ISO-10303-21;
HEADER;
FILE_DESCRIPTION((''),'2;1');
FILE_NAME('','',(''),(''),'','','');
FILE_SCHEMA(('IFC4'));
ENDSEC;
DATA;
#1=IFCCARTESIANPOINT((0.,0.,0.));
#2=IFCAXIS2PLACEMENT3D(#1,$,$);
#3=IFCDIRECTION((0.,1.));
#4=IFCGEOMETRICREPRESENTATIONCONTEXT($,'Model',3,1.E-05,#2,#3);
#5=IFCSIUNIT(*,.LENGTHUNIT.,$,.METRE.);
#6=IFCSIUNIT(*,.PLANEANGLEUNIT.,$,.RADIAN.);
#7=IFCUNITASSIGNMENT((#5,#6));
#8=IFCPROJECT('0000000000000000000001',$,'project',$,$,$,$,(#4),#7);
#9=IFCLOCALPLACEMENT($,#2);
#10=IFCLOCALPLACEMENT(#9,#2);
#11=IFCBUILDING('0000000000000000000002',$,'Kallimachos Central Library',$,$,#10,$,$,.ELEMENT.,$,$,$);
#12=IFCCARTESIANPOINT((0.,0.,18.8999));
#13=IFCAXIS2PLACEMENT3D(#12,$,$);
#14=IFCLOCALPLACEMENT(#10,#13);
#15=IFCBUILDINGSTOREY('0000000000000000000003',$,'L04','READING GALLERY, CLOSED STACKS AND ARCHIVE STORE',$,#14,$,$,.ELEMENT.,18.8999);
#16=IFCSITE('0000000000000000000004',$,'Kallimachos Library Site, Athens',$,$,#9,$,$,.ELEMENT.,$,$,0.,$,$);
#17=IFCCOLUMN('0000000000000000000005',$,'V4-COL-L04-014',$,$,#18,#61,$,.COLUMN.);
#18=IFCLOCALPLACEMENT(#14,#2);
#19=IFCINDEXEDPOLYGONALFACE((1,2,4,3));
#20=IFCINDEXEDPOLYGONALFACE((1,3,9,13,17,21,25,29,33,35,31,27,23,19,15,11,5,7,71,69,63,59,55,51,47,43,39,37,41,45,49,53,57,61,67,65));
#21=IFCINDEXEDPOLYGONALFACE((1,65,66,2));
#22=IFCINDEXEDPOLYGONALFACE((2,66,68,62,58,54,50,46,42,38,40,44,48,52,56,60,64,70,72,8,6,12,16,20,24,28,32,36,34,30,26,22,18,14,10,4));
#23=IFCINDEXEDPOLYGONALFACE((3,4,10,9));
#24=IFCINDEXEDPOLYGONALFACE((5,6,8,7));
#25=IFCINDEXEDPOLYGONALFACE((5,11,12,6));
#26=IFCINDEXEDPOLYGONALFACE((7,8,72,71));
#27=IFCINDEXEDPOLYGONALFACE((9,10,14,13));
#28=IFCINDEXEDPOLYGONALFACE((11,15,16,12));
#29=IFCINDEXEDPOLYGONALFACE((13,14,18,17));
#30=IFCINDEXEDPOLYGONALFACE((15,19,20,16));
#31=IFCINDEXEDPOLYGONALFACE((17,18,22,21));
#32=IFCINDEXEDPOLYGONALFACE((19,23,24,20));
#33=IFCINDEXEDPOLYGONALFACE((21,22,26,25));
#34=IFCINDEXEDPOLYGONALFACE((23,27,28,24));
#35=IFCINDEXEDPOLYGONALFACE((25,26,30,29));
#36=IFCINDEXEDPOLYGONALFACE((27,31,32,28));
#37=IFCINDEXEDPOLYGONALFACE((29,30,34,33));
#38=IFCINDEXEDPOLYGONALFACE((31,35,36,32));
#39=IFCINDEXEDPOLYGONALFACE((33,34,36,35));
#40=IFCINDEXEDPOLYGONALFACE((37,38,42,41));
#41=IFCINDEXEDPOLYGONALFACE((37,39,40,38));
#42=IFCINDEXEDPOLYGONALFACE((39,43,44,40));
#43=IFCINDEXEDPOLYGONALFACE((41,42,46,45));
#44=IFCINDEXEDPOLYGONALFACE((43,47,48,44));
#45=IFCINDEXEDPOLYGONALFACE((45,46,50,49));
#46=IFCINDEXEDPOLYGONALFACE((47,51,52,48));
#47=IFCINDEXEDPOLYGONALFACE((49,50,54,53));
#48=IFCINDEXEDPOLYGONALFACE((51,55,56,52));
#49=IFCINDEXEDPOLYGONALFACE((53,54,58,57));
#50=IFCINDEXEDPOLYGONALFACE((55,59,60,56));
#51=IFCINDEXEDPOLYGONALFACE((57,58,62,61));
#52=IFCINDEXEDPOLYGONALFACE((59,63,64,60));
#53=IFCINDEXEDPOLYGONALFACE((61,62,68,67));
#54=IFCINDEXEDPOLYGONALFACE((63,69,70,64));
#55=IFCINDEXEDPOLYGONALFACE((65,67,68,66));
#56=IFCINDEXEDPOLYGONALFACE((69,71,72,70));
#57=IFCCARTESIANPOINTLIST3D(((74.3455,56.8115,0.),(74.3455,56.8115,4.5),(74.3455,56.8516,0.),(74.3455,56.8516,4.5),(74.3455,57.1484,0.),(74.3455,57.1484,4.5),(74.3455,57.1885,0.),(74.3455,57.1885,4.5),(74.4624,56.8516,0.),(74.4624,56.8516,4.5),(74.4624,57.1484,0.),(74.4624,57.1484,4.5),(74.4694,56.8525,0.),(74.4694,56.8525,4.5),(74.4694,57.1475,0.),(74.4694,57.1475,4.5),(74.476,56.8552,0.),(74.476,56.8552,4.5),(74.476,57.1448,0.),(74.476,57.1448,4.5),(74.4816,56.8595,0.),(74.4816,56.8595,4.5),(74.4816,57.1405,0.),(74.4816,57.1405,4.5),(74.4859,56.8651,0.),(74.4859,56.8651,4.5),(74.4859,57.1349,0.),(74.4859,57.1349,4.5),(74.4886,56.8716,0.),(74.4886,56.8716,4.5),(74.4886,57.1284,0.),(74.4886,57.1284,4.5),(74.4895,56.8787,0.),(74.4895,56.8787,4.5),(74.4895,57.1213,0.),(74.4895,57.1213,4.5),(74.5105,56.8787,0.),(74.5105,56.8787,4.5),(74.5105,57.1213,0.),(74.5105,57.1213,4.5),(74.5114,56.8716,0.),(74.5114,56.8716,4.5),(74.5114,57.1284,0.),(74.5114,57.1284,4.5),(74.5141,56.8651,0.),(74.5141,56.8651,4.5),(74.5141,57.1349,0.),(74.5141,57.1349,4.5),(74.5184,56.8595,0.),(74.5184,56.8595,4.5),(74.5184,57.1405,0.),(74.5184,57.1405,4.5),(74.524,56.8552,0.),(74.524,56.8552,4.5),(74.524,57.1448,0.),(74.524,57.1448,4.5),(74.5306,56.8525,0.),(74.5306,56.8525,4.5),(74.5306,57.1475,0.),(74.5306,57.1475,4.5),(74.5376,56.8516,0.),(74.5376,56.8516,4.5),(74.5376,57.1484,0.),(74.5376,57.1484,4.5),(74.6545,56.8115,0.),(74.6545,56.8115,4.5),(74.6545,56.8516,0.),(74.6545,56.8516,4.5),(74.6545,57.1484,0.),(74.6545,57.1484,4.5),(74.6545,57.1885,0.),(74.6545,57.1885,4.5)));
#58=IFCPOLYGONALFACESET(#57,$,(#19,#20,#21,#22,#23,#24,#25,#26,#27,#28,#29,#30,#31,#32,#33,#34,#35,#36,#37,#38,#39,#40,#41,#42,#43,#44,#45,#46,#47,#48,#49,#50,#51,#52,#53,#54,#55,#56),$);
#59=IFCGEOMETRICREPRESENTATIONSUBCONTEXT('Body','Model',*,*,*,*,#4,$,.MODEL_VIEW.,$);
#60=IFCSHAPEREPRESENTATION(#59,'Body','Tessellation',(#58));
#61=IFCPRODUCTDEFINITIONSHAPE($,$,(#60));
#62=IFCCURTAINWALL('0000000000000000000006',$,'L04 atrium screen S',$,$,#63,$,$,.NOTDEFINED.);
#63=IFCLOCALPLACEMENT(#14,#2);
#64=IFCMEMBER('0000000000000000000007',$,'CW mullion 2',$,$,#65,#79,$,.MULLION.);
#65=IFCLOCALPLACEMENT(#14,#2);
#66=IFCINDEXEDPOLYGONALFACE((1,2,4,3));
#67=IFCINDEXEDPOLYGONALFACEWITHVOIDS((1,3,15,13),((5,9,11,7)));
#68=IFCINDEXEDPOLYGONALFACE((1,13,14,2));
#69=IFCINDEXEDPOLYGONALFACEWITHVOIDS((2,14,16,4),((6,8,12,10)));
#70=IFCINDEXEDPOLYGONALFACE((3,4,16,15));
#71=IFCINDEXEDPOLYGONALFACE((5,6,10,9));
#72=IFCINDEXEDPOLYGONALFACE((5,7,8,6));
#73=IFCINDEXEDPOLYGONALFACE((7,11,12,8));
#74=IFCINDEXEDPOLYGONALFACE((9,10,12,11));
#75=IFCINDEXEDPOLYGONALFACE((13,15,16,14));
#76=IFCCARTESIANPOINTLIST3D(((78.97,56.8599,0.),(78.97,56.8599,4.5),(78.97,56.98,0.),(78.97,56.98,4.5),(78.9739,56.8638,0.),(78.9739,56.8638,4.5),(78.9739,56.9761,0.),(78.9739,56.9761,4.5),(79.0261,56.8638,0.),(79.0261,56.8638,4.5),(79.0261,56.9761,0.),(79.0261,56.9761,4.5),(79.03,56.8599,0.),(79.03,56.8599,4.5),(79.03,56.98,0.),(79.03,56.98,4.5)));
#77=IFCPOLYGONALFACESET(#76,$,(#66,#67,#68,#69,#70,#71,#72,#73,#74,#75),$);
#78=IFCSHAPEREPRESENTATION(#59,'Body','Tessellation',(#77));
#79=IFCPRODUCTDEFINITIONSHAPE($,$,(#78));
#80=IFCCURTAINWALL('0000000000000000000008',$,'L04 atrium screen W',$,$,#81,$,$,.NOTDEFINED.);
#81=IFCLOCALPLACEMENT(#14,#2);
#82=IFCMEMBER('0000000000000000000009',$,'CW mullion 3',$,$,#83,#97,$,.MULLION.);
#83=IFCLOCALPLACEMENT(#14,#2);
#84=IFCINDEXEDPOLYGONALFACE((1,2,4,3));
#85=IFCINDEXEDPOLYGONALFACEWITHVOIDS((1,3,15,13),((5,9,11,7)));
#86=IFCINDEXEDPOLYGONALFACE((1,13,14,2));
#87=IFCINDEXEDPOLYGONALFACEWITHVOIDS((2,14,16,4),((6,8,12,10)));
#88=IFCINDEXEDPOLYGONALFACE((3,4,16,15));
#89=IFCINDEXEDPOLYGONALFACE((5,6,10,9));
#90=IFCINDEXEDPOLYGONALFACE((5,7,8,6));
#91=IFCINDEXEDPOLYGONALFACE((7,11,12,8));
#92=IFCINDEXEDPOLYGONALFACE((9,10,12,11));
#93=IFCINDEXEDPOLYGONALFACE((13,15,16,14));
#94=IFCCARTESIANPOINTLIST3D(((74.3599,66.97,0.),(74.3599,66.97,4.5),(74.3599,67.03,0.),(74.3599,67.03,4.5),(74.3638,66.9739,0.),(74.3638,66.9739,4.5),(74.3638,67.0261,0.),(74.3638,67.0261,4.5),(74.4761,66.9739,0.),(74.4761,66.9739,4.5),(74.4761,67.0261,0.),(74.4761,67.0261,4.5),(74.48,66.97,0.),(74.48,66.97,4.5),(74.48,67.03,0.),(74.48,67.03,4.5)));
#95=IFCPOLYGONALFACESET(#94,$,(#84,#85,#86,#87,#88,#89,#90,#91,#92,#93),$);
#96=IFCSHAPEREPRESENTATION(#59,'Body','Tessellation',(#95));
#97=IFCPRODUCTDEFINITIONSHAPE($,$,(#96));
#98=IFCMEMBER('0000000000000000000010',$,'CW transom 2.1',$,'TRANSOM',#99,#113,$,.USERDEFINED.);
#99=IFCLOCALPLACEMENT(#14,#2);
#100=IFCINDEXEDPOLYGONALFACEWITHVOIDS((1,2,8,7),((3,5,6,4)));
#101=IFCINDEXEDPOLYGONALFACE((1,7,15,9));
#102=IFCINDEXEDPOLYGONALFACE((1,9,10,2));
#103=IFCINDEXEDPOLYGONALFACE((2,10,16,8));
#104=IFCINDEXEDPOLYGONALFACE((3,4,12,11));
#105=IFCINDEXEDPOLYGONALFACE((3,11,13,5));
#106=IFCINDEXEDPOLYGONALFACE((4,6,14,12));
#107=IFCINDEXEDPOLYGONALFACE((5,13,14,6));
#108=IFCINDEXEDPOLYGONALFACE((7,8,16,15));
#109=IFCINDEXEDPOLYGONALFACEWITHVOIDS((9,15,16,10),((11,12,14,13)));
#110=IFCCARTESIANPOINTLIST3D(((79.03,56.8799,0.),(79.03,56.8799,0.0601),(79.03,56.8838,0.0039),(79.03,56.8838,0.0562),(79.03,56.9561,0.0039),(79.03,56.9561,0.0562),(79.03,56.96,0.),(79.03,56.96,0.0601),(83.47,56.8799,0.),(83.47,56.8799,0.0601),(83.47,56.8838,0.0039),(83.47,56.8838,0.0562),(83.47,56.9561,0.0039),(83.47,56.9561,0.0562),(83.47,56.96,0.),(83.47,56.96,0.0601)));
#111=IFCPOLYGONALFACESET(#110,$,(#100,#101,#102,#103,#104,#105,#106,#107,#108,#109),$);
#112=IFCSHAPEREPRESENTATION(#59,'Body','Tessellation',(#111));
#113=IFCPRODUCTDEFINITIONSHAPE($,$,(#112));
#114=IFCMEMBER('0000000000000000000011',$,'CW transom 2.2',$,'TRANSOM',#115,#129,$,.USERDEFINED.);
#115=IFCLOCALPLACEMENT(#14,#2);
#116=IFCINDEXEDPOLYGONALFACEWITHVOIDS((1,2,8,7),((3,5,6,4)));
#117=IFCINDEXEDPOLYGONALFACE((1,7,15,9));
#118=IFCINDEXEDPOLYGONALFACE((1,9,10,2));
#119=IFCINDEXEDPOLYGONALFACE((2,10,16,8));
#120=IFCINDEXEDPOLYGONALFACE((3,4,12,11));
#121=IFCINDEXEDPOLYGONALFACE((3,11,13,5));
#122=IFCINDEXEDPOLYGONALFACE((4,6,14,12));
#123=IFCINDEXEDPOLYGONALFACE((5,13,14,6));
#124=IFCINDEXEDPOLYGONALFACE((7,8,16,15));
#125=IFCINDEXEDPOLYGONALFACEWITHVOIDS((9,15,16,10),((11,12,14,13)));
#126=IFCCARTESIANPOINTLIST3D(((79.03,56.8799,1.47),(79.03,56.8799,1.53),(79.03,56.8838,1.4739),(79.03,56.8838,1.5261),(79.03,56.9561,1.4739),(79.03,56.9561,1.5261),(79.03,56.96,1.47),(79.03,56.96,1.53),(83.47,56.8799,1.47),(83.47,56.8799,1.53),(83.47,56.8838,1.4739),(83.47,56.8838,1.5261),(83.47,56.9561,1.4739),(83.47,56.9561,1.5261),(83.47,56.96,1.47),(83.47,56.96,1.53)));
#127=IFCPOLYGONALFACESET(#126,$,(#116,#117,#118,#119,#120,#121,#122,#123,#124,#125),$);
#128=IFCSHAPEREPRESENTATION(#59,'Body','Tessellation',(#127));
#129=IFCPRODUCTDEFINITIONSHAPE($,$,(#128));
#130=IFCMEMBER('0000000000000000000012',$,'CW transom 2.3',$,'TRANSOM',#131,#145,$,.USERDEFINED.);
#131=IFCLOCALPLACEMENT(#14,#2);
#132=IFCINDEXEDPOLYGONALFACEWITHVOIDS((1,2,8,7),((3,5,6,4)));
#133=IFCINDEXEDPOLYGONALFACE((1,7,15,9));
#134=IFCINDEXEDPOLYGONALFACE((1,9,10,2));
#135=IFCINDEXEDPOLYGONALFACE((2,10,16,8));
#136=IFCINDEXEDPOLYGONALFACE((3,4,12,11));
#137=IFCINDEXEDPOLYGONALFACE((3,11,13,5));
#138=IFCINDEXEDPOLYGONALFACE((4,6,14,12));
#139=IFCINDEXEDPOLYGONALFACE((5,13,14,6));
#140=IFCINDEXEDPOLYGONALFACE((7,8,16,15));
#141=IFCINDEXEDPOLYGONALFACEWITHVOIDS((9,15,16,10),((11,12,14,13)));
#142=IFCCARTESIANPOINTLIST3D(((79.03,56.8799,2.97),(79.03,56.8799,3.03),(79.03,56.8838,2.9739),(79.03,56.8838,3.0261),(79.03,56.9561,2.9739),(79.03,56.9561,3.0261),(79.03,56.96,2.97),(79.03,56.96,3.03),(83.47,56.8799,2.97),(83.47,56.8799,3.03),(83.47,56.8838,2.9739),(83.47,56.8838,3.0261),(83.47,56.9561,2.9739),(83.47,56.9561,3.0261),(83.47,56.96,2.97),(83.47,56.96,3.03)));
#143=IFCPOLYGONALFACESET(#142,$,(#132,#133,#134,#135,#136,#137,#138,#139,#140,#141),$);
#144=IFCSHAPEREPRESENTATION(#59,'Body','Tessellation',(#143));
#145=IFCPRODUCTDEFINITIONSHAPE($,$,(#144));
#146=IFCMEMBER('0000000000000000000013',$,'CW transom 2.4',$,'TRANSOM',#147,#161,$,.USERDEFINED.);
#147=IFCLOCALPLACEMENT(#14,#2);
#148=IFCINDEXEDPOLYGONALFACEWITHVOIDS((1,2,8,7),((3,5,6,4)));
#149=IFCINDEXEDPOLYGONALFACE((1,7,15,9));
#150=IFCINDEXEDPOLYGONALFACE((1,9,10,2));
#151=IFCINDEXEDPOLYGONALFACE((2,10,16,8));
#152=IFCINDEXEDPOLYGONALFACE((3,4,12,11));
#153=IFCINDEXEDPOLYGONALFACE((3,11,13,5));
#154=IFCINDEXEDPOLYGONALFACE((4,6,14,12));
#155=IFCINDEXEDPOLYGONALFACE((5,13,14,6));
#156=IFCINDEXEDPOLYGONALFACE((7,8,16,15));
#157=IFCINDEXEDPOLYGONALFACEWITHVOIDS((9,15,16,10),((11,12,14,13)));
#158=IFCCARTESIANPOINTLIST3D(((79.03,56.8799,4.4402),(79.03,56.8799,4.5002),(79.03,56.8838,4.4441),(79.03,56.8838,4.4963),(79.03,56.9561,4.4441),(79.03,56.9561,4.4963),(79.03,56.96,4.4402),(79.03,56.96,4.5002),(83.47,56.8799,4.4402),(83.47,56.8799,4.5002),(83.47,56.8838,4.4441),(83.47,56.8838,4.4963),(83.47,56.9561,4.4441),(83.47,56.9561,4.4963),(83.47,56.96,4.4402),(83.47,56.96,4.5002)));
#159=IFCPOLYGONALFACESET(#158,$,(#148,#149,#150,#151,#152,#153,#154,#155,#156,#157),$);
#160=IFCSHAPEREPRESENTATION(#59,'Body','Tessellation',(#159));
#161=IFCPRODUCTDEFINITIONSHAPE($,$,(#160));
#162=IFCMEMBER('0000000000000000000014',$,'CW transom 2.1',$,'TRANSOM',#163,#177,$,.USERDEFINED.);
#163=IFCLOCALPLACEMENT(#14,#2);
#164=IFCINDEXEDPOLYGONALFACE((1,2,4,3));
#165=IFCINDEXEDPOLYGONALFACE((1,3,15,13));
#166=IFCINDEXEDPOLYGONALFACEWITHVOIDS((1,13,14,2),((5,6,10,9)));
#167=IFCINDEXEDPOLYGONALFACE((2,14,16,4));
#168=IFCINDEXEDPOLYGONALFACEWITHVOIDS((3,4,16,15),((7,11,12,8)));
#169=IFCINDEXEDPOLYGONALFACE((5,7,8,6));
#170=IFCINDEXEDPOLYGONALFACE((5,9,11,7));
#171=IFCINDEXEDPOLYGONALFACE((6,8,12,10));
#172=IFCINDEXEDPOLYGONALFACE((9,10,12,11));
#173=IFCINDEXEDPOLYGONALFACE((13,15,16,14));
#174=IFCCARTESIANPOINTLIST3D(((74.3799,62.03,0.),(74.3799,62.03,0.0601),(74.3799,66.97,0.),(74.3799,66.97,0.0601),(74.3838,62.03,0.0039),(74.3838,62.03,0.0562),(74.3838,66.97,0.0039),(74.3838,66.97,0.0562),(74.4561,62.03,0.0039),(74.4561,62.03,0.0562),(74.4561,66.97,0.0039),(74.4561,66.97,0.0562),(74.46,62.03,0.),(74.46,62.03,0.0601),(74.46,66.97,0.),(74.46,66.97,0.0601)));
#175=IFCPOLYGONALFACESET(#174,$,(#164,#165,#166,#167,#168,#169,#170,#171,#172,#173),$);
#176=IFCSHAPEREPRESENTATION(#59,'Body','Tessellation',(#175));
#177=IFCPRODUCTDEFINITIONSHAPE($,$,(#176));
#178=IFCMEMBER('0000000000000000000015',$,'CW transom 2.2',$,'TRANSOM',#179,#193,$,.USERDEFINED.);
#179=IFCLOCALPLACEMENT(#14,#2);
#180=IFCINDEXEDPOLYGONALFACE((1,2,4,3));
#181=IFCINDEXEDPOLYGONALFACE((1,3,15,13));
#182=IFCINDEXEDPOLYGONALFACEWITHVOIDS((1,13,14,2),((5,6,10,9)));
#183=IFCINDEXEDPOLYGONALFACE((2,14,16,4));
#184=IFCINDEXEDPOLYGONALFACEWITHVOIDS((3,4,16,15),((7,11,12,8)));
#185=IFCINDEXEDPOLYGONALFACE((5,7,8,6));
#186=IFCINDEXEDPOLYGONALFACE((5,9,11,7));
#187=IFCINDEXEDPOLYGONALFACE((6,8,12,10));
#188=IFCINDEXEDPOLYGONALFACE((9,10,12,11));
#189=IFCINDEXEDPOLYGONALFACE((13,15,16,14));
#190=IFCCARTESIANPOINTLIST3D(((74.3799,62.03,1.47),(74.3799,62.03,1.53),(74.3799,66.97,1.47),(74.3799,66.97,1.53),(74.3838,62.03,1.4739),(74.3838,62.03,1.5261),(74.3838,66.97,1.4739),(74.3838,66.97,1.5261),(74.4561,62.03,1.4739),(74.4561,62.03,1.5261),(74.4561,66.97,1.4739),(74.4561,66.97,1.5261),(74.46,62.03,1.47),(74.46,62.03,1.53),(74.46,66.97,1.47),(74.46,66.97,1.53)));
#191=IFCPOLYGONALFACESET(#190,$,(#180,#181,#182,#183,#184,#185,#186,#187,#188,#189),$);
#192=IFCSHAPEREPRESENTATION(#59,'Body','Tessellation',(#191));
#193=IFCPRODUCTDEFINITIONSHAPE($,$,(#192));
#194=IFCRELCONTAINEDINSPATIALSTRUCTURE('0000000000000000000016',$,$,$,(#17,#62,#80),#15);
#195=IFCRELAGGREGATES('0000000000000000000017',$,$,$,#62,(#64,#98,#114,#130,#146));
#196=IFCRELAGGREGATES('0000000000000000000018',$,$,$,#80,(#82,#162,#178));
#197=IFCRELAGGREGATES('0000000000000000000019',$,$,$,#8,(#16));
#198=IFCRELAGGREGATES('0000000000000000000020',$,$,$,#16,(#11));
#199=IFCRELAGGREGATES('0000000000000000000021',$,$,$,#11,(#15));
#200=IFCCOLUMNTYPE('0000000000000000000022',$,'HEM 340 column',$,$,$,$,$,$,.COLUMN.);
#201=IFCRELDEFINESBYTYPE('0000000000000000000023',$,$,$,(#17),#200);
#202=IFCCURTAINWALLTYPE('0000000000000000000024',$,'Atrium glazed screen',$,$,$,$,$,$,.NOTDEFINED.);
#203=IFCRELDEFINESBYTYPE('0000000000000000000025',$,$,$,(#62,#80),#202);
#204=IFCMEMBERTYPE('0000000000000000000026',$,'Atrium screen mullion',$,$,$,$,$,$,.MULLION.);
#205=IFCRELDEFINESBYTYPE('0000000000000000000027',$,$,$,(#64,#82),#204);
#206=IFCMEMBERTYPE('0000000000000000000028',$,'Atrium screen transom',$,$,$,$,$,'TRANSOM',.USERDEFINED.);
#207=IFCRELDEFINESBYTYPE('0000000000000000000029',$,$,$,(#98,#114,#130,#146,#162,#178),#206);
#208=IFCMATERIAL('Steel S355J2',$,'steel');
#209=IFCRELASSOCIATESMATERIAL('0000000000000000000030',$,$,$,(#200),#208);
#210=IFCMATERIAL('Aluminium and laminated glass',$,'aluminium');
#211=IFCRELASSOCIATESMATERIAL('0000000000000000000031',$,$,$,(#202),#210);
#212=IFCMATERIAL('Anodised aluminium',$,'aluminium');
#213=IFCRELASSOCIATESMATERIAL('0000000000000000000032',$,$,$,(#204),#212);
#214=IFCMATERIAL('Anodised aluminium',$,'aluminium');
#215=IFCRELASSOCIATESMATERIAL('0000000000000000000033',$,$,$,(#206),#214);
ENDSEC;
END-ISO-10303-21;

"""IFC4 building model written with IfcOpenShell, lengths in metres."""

from ifc_helpers import new_model, si_unit, direction, frame, origin, origin_2d, place, context, subcontext, project, spatial, hollow_rectangle, i_section, extrude, material, material_profile, profile_set, type_object, element, aggregate, save


model = new_model("IFC4")

# Units and contexts
model_context = context("Model", 3, precision=1e-05, world=origin(), true_north=direction((0.0, 1.0)))
body_context = subcontext(model_context, "Body", "Model", "MODEL_VIEW")
ifc_project = project(units=[si_unit("LENGTHUNIT", "METRE"), si_unit("PLANEANGLEUNIT", "RADIAN")], contexts=[model_context])

# Site, building, storey
site_placement = place(None, origin())
site = spatial("IfcSite", under=ifc_project, at=site_placement, Name="Kallimachos Library Site, Athens", CompositionType="ELEMENT", RefElevation=0.0)
building_placement = place(site_placement, origin())
building = spatial("IfcBuilding", under=site, at=building_placement, Name="Kallimachos Central Library", CompositionType="ELEMENT")
storey_placement = place(building_placement, frame((0.0, 0.0, 18.8999)))
storey = spatial("IfcBuildingStorey", under=building, at=storey_placement, Name="L04", Description="READING GALLERY, CLOSED STACKS AND ARCHIVE STORE", CompositionType="ELEMENT", Elevation=18.8999)

# Column
ifc_material_1 = material(Name="Steel S355J2", Category="steel")
ifc_material_profile_1 = material_profile(ifc_material_1, i_section(OverallWidth=0.3091, OverallDepth=0.377, WebThickness=0.021, FlangeThickness=0.04, FilletRadius=0.0271, at=origin_2d()), Name="HEM 340")
ifc_profile_set_1 = profile_set([ifc_material_profile_1], Name="Steel S355J2")
column_type = type_object("IfcColumnType", Name="HEM 340 column", PredefinedType="COLUMN", material=ifc_profile_set_1)
column_placement = place(storey_placement, frame((74.5, 57.0, 0.0), z_axis=(0.0, 0.0, 1.0), x_axis=(1.0, 0.0, 0.0)))
element("IfcColumn", 1, at=column_placement, inside=storey, type_object=column_type, Name="V4-COL-L04-014", PredefinedType="COLUMN", context=body_context, shape_type="SweptSolid", body=[
    extrude(i_section(OverallWidth=0.3091, OverallDepth=0.377, WebThickness=0.021, FlangeThickness=0.04, FilletRadius=0.0271, at=origin_2d()), origin(), (0.0, 0.0, 1.0), 4.5),
])

# Curtain walls, members
ifc_material_2 = material(Name="Aluminium and laminated glass", Category="aluminium")
curtain_wall_type = type_object("IfcCurtainWallType", Name="Atrium glazed screen", PredefinedType="NOTDEFINED", material=ifc_material_2)
curtain_wall_1_placement = place(storey_placement, origin())
curtain_wall_1 = element("IfcCurtainWall", 2, at=curtain_wall_1_placement, inside=storey, type_object=curtain_wall_type, Name="L04 atrium screen S", PredefinedType="NOTDEFINED")
ifc_material_3 = material(Name="Anodised aluminium", Category="aluminium")
ifc_material_profile_2 = material_profile(ifc_material_3, hollow_rectangle(XDim=0.0601, YDim=0.1201, WallThickness=0.0039, at=origin_2d()), Name="ALU MULLION 60x120")
ifc_profile_set_2 = profile_set([ifc_material_profile_2], Name="Anodised aluminium")
member_type_1 = type_object("IfcMemberType", Name="Atrium screen mullion", PredefinedType="MULLION", material=ifc_profile_set_2)
member_1_placement = place(storey_placement, frame((79.0, 56.9199, 0.0), z_axis=(0.0, 0.0, 1.0), x_axis=(1.0, 0.0, 0.0)))
member_1 = element("IfcMember", 3, at=member_1_placement, type_object=member_type_1, Name="CW mullion 2", PredefinedType="MULLION", context=body_context, shape_type="SweptSolid", body=[
    extrude(hollow_rectangle(XDim=0.0601, YDim=0.1201, WallThickness=0.0039, at=origin_2d()), origin(), (0.0, 0.0, 1.0), 4.5),
])
curtain_wall_2_placement = place(storey_placement, origin())
curtain_wall_2 = element("IfcCurtainWall", 4, at=curtain_wall_2_placement, inside=storey, type_object=curtain_wall_type, Name="L04 atrium screen W", PredefinedType="NOTDEFINED")
member_2_placement = place(storey_placement, frame((74.4199, 67.0, 0.0), z_axis=(0.0, 0.0, 1.0), x_axis=(0.0, 1.0, 0.0)))
member_2 = element("IfcMember", 5, at=member_2_placement, type_object=member_type_1, Name="CW mullion 3", PredefinedType="MULLION", context=body_context, shape_type="SweptSolid", body=[
    extrude(hollow_rectangle(XDim=0.0601, YDim=0.1201, WallThickness=0.0039, at=origin_2d()), origin(), (0.0, 0.0, 1.0), 4.5),
])

# Members
ifc_material_4 = material(Name="Anodised aluminium", Category="aluminium")
ifc_material_profile_3 = material_profile(ifc_material_4, hollow_rectangle(XDim=0.0601, YDim=0.0801, WallThickness=0.0039, at=origin_2d()), Name="ALU TRANSOM 60x80")
ifc_profile_set_3 = profile_set([ifc_material_profile_3], Name="Anodised aluminium")
member_type_2 = type_object("IfcMemberType", Name="Atrium screen transom", ElementType="TRANSOM", PredefinedType="USERDEFINED", material=ifc_profile_set_3)
member_3_placement = place(storey_placement, frame((79.03, 56.9199, 0.03), z_axis=(1.0, 0.0, 0.0), x_axis=(0.0, 0.0, 1.0)))
member_3 = element("IfcMember", 6, at=member_3_placement, type_object=member_type_2, Name="CW transom 2.1", ObjectType="TRANSOM", PredefinedType="USERDEFINED", context=body_context, shape_type="SweptSolid", body=[
    extrude(hollow_rectangle(XDim=0.0601, YDim=0.0801, WallThickness=0.0039, at=origin_2d()), origin(), (0.0, 0.0, 1.0), 4.4399),
])
member_4_placement = place(storey_placement, frame((79.03, 56.9199, 1.5), z_axis=(1.0, 0.0, 0.0), x_axis=(0.0, 0.0, 1.0)))
member_4 = element("IfcMember", 7, at=member_4_placement, type_object=member_type_2, Name="CW transom 2.2", ObjectType="TRANSOM", PredefinedType="USERDEFINED", context=body_context, shape_type="SweptSolid", body=[
    extrude(hollow_rectangle(XDim=0.0601, YDim=0.0801, WallThickness=0.0039, at=origin_2d()), origin(), (0.0, 0.0, 1.0), 4.4399),
])
member_5_placement = place(storey_placement, frame((79.03, 56.9199, 3.0), z_axis=(1.0, 0.0, 0.0), x_axis=(0.0, 0.0, 1.0)))
member_5 = element("IfcMember", 8, at=member_5_placement, type_object=member_type_2, Name="CW transom 2.3", ObjectType="TRANSOM", PredefinedType="USERDEFINED", context=body_context, shape_type="SweptSolid", body=[
    extrude(hollow_rectangle(XDim=0.0601, YDim=0.0801, WallThickness=0.0039, at=origin_2d()), origin(), (0.0, 0.0, 1.0), 4.4399),
])
member_6_placement = place(storey_placement, frame((79.03, 56.9199, 4.4702), z_axis=(1.0, 0.0, 0.0), x_axis=(0.0, 0.0, 1.0)))
member_6 = element("IfcMember", 9, at=member_6_placement, type_object=member_type_2, Name="CW transom 2.4", ObjectType="TRANSOM", PredefinedType="USERDEFINED", context=body_context, shape_type="SweptSolid", body=[
    extrude(hollow_rectangle(XDim=0.0601, YDim=0.0801, WallThickness=0.0039, at=origin_2d()), origin(), (0.0, 0.0, 1.0), 4.4399),
])
member_7_placement = place(storey_placement, frame((74.4199, 62.03, 0.03), z_axis=(0.0, 1.0, 0.0), x_axis=(0.0, 0.0, 1.0)))
member_7 = element("IfcMember", 10, at=member_7_placement, type_object=member_type_2, Name="CW transom 2.1", ObjectType="TRANSOM", PredefinedType="USERDEFINED", context=body_context, shape_type="SweptSolid", body=[
    extrude(hollow_rectangle(XDim=0.0601, YDim=0.0801, WallThickness=0.0039, at=origin_2d()), origin(), (0.0, 0.0, 1.0), 4.9399),
])
member_8_placement = place(storey_placement, frame((74.4199, 62.03, 1.5), z_axis=(0.0, 1.0, 0.0), x_axis=(0.0, 0.0, 1.0)))
member_8 = element("IfcMember", 11, at=member_8_placement, type_object=member_type_2, Name="CW transom 2.2", ObjectType="TRANSOM", PredefinedType="USERDEFINED", context=body_context, shape_type="SweptSolid", body=[
    extrude(hollow_rectangle(XDim=0.0601, YDim=0.0801, WallThickness=0.0039, at=origin_2d()), origin(), (0.0, 0.0, 1.0), 4.9399),
])

aggregate(curtain_wall_1, [member_1, member_3, member_4, member_5, member_6])
aggregate(curtain_wall_2, [member_2, member_7, member_8])

save(model, "model.ifc")
